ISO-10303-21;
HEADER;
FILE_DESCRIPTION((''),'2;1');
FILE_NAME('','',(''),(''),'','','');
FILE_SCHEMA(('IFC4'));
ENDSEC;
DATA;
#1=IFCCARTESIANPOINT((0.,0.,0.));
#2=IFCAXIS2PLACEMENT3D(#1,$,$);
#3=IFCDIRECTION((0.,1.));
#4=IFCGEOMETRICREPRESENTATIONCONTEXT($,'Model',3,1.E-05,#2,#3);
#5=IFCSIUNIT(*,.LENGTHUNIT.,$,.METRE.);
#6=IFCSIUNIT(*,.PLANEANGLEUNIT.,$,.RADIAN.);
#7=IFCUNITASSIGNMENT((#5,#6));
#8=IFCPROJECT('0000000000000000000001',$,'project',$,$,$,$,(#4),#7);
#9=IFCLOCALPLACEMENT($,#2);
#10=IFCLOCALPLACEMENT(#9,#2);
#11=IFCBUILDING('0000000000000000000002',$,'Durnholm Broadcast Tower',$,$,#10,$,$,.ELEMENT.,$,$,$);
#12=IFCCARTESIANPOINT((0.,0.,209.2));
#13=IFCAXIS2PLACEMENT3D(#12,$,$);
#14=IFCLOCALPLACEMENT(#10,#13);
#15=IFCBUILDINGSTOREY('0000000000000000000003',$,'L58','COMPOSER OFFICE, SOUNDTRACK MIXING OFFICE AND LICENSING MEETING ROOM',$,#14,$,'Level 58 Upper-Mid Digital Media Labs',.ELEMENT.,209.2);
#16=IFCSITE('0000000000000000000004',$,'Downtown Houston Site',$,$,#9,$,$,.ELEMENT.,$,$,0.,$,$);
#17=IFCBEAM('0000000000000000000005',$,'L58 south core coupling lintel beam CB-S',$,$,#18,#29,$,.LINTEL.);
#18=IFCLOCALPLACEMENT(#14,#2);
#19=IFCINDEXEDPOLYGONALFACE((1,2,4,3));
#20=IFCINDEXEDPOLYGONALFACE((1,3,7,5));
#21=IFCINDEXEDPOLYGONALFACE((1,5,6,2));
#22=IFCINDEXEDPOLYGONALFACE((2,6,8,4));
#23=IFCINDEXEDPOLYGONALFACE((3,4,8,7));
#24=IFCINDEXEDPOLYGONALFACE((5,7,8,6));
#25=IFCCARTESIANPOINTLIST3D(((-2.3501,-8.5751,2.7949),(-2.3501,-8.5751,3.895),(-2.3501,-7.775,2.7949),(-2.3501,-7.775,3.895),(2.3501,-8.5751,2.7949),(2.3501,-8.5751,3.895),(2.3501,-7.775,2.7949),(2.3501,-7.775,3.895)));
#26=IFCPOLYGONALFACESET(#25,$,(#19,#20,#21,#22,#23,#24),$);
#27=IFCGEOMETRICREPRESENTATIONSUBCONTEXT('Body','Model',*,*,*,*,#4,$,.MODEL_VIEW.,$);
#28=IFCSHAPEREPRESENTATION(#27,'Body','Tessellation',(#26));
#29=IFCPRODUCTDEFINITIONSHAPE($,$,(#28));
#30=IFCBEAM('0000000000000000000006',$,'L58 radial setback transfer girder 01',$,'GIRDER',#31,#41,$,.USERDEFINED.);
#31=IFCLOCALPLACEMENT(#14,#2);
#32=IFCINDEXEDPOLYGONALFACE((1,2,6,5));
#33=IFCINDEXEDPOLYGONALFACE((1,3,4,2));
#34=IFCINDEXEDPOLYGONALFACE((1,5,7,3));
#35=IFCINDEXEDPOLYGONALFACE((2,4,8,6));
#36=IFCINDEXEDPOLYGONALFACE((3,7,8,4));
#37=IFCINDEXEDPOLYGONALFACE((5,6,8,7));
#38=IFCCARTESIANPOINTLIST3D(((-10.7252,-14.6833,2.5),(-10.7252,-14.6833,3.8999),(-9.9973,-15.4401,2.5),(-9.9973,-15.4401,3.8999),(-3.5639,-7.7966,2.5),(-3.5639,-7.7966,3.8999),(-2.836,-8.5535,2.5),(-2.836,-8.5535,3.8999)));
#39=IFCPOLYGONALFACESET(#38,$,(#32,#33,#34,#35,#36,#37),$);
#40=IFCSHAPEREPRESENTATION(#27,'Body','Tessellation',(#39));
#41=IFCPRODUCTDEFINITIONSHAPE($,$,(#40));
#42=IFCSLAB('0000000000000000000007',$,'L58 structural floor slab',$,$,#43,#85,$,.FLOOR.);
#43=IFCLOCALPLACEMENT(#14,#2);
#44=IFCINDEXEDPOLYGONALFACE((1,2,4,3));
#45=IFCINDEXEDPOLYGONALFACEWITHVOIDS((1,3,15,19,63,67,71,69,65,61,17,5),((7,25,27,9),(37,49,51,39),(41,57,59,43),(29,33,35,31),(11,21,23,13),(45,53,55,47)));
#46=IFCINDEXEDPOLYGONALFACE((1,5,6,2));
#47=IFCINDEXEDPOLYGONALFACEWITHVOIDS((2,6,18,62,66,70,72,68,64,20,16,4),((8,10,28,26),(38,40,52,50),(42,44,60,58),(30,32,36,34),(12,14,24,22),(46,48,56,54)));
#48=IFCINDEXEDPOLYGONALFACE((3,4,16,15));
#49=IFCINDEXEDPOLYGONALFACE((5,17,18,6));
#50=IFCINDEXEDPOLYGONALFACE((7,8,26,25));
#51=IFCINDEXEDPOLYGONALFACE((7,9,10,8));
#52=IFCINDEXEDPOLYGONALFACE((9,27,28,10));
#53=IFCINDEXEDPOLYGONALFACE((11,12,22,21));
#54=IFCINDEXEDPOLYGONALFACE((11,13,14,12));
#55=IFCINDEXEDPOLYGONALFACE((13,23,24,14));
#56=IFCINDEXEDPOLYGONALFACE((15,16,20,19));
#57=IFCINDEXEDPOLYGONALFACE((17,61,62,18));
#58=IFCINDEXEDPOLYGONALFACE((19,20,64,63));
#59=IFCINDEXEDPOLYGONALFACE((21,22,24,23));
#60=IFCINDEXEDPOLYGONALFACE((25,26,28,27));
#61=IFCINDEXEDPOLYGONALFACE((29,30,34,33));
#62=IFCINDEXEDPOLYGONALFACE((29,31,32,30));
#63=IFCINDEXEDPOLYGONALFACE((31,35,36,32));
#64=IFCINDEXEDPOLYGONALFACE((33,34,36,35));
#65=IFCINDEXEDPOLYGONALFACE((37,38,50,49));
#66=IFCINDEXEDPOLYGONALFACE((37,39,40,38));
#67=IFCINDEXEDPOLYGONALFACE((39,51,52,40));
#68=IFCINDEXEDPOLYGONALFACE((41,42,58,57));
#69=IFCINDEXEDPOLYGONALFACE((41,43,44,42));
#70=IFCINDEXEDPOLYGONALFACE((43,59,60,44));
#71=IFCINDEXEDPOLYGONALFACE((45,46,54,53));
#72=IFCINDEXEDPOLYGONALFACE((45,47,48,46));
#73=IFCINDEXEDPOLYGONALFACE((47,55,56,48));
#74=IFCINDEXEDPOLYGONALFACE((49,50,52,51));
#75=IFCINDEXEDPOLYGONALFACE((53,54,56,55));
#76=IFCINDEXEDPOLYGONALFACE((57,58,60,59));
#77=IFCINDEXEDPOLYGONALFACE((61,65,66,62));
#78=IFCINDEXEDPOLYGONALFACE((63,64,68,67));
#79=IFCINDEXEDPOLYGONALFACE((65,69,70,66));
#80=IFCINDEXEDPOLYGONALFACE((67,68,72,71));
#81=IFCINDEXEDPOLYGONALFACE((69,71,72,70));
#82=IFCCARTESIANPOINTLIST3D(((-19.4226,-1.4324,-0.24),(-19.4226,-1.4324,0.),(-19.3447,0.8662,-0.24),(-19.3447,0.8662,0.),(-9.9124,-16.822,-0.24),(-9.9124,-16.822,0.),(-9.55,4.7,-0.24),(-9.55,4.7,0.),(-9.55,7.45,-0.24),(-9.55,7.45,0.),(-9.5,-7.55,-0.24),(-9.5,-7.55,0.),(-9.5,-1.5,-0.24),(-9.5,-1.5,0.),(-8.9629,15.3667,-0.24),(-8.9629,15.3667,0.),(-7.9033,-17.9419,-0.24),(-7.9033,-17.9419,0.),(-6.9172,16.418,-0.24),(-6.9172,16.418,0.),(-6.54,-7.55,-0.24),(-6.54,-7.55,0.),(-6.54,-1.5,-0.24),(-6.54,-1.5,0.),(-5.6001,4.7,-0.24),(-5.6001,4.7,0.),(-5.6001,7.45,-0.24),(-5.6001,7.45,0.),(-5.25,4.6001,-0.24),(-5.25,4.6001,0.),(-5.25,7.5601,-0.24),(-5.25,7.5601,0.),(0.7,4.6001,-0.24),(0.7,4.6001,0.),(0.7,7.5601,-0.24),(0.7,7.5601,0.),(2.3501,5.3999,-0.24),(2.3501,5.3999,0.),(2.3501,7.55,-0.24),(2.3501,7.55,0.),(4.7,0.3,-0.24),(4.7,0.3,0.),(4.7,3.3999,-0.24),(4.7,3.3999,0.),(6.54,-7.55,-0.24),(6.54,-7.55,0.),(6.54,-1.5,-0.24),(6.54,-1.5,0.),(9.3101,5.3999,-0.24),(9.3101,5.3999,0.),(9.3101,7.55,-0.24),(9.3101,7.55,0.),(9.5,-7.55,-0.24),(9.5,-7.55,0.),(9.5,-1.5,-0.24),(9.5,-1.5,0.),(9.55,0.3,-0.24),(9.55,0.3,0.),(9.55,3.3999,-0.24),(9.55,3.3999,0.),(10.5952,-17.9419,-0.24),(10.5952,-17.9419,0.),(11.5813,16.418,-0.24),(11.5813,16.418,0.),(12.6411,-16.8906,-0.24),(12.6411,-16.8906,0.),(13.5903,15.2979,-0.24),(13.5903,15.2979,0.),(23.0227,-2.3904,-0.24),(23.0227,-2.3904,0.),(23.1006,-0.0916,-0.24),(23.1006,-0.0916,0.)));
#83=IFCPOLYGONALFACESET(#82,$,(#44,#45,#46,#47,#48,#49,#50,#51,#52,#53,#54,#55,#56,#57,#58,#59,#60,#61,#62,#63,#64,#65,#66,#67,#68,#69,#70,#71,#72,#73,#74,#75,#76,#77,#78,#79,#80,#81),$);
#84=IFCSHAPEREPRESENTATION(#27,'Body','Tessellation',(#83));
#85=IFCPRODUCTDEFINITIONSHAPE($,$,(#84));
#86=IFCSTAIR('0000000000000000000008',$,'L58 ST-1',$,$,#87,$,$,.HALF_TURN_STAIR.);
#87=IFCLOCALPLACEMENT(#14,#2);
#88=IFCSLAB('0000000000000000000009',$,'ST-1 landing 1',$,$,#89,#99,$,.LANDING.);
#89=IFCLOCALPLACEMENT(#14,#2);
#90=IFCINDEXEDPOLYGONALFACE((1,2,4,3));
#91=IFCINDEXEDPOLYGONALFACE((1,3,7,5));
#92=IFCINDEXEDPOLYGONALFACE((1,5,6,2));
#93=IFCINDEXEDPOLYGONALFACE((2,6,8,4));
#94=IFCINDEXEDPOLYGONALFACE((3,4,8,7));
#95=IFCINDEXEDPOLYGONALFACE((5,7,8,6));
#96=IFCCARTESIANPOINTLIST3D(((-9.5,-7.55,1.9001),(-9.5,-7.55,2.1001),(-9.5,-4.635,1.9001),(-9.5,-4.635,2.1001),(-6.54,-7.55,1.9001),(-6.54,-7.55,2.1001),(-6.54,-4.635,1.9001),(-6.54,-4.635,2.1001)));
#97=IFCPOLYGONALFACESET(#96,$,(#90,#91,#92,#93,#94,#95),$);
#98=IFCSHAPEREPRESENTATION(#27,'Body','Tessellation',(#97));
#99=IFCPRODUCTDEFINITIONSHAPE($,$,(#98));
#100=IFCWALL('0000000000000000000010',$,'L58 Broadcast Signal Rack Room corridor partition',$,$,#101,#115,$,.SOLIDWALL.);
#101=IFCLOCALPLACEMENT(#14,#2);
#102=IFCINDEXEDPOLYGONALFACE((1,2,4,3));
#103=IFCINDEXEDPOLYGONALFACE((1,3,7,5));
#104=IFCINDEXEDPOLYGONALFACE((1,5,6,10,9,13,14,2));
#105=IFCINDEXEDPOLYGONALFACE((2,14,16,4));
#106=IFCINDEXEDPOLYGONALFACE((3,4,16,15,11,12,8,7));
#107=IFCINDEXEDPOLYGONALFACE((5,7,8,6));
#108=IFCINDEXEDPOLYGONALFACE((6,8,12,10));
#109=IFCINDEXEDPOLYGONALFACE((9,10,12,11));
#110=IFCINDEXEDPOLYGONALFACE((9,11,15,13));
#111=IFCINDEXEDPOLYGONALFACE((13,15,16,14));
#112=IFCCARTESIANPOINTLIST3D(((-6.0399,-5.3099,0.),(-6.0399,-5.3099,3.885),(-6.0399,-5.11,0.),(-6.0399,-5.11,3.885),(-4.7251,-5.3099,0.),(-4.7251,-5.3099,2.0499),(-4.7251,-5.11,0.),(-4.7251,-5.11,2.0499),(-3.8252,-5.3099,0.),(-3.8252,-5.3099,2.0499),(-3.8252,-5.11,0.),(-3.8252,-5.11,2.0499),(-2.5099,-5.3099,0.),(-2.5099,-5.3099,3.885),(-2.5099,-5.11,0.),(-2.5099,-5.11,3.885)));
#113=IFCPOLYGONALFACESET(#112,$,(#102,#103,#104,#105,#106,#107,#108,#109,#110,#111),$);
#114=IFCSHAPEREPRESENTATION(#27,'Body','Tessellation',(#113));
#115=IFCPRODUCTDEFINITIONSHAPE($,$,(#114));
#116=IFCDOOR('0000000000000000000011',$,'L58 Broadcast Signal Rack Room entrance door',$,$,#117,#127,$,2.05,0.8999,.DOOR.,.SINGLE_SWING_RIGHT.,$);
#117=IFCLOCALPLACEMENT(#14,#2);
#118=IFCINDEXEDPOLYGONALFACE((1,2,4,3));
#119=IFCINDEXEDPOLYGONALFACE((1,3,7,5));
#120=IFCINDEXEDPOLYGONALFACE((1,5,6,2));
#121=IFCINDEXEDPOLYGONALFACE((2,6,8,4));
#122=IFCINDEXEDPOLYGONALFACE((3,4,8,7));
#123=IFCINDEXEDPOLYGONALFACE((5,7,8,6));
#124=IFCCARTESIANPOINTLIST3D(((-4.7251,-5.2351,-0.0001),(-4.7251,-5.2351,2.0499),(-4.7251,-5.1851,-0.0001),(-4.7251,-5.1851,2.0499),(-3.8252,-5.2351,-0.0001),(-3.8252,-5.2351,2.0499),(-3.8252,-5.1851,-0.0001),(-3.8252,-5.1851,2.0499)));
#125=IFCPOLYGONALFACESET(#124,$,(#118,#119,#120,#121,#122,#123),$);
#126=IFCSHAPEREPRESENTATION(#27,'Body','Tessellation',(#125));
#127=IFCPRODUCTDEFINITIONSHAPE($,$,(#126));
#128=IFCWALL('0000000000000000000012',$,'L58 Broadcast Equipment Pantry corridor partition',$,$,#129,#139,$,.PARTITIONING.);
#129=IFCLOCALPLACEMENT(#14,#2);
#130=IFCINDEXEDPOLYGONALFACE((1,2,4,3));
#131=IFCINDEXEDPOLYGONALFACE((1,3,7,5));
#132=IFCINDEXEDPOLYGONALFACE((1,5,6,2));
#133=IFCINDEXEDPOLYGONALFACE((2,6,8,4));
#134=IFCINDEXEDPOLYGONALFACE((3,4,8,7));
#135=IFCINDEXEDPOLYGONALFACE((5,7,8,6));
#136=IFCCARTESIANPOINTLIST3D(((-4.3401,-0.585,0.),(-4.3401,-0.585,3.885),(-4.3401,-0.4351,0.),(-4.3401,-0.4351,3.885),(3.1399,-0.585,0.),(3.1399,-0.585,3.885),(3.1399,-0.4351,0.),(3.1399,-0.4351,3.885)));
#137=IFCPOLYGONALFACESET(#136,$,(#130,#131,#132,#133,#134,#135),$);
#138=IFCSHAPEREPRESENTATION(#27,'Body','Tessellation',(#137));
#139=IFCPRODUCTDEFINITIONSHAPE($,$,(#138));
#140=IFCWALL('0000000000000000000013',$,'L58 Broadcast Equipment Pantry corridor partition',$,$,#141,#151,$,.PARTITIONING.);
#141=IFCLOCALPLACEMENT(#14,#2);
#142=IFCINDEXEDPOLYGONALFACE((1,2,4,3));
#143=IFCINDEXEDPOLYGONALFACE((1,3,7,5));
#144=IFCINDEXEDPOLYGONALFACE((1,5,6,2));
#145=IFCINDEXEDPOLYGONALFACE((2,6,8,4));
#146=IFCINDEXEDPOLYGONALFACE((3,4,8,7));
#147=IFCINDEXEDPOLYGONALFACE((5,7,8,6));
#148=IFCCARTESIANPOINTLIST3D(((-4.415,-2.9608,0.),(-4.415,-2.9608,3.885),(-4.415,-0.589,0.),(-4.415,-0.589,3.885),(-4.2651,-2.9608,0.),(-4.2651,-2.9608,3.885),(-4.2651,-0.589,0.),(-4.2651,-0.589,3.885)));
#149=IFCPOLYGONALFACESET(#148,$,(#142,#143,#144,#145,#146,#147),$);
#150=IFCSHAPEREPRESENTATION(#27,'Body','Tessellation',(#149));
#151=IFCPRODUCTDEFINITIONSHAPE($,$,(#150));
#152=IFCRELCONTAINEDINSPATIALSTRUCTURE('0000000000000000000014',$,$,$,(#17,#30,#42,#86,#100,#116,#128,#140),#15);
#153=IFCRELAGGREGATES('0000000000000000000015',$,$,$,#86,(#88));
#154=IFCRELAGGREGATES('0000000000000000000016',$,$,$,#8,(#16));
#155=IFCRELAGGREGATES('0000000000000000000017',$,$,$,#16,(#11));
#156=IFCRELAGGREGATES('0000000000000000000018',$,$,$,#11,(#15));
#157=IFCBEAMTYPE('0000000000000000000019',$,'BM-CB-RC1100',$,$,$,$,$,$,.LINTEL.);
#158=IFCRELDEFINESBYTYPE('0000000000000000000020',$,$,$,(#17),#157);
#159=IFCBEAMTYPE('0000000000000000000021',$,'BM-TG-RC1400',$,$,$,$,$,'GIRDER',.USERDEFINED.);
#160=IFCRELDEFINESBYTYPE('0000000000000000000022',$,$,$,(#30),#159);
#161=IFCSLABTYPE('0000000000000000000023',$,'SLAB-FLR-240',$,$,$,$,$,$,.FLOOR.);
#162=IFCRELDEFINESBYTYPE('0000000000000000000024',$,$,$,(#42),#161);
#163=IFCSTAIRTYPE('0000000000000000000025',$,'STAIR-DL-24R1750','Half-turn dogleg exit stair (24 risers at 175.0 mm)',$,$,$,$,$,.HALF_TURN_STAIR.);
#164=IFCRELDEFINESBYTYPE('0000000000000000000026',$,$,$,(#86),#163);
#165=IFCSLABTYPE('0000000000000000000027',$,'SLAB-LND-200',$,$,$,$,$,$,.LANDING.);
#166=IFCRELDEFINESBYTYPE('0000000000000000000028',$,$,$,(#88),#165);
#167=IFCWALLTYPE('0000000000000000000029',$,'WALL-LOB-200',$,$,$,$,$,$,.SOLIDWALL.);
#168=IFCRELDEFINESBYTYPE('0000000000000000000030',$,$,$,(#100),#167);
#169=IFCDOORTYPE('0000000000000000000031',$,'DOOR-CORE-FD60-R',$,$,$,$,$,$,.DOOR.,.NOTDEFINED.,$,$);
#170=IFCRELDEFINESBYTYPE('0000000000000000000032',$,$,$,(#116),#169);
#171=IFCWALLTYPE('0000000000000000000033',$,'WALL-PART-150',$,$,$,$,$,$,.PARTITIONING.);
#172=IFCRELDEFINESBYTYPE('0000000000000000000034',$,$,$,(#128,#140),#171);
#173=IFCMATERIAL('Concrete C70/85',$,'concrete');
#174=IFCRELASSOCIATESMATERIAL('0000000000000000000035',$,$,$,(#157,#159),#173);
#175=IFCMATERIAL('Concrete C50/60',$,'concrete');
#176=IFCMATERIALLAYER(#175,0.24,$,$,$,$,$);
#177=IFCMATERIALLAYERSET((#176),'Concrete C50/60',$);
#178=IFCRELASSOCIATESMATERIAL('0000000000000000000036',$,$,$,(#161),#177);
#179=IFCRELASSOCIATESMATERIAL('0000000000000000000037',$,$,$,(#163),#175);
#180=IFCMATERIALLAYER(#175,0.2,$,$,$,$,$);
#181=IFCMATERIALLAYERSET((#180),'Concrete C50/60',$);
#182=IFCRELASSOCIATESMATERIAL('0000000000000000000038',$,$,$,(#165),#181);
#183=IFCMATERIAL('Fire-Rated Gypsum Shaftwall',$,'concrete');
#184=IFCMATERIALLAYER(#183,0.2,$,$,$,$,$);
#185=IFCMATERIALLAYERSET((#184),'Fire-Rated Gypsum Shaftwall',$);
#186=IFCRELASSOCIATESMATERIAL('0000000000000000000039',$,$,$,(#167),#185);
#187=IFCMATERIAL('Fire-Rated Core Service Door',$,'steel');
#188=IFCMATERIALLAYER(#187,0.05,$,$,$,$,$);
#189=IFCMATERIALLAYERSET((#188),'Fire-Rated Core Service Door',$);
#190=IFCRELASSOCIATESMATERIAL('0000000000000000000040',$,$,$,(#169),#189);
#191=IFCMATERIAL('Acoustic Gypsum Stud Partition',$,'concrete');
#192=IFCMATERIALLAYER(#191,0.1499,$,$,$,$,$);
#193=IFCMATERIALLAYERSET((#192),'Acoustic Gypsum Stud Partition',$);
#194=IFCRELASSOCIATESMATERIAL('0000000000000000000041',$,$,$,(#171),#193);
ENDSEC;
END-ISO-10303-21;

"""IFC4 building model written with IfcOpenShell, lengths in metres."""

from ifc_helpers import new_model, si_unit, direction, frame, frame_2d, origin, origin_2d, place, context, subcontext, project, spatial, polyline, rectangle, outline, extrude, source, transform, mapped, material, layer, layer_set, material_profile, profile_set, type_object, type_shapes, element, fill, aggregate, save


model = new_model("IFC4")

# Units and contexts
model_context = context("Model", 3, precision=1e-05, world=origin(), true_north=direction((0.0, 1.0)))
body_context = subcontext(model_context, "Body", "Model", "MODEL_VIEW")
ifc_project = project(units=[si_unit("LENGTHUNIT", "METRE"), si_unit("PLANEANGLEUNIT", "RADIAN")], contexts=[model_context])

# Site, building, storey
site_placement = place(None, origin())
site = spatial("IfcSite", under=ifc_project, at=site_placement, Name="Downtown Houston Site", CompositionType="ELEMENT", RefElevation=0.0)
building_placement = place(site_placement, origin())
building = spatial("IfcBuilding", under=site, at=building_placement, Name="Durnholm Broadcast Tower", CompositionType="ELEMENT")
storey_placement = place(building_placement, frame((0.0, 0.0, 209.2)))
storey = spatial("IfcBuildingStorey", under=building, at=storey_placement, Name="L58", Description="COMPOSER OFFICE, SOUNDTRACK MIXING OFFICE AND LICENSING MEETING ROOM", LongName="Level 58 Upper-Mid Digital Media Labs", CompositionType="ELEMENT", Elevation=209.2)

# Beams
ifc_material_1 = material(Name="Concrete C70/85", Category="concrete")
ifc_material_profile_1 = material_profile(ifc_material_1, rectangle(XDim=0.8, YDim=1.1001, at=origin_2d()), Name="RC800X1100")
ifc_profile_set_1 = profile_set([ifc_material_profile_1], Name="Concrete C70/85")
beam_type_1 = type_object("IfcBeamType", Name="BM-CB-RC1100", PredefinedType="LINTEL", material=ifc_profile_set_1)
shared_shape_1 = source(origin(), body_context, "Body", "SweptSolid", [
    extrude(rectangle(XDim=0.8, YDim=1.1001, at=origin_2d()), origin(), (0.0, 0.0, 1.0), 4.7002),
])
type_shapes(beam_type_1, [shared_shape_1])
beam_1_placement = place(storey_placement, frame((-2.3501, -8.175, 3.345), z_axis=(1.0, 0.0, 0.0), x_axis=(0.0, 1.0, 0.0)))
element("IfcBeam", 1, at=beam_1_placement, inside=storey, type_object=beam_type_1, Name="L58 south core coupling lintel beam CB-S", PredefinedType="LINTEL", context=body_context, shape_type="MappedRepresentation", body=[
    mapped(shared_shape_1, transform((0.0, 0.0, 0.0), x_axis=(1.0, 0.0, 0.0), y_axis=(0.0, 1.0, 0.0), z_axis=(0.0, 0.0, 1.0), scale=1.0)),
])
ifc_material_profile_2 = material_profile(ifc_material_1, rectangle(XDim=1.05, YDim=1.3999, at=origin_2d()), Name="RC1050X1400")
ifc_profile_set_2 = profile_set([ifc_material_profile_2], Name="Concrete C70/85")
beam_type_2 = type_object("IfcBeamType", Name="BM-TG-RC1400", ElementType="GIRDER", PredefinedType="USERDEFINED", material=ifc_profile_set_2)
shared_shape_2 = source(origin(), body_context, "Body", "SweptSolid", [
    extrude(rectangle(XDim=1.05, YDim=1.3999, at=origin_2d()), origin(), (0.0, 0.0, 1.0), 9.9353),
])
type_shapes(beam_type_2, [shared_shape_2])
beam_2_placement = place(storey_placement, frame((-3.2, -8.175, 3.2), z_axis=(-0.720794, -0.693149, 0.0), x_axis=(0.693149, -0.720794, 0.0)))
element("IfcBeam", 2, at=beam_2_placement, inside=storey, type_object=beam_type_2, Name="L58 radial setback transfer girder 01", ObjectType="GIRDER", PredefinedType="USERDEFINED", context=body_context, shape_type="MappedRepresentation", body=[
    mapped(shared_shape_2, transform((0.0, 0.0, 0.0), x_axis=(1.0, 0.0, 0.0), y_axis=(0.0, 1.0, 0.0), z_axis=(0.0, 0.0, 1.0), scale=1.0)),
])

# Slab
ifc_material_2 = material(Name="Concrete C50/60", Category="concrete")
ifc_layer_1 = layer(ifc_material_2, 0.24)
ifc_layer_set_1 = layer_set([ifc_layer_1], Name="Concrete C50/60")
slab_type_1 = type_object("IfcSlabType", Name="SLAB-FLR-240", PredefinedType="FLOOR", material=ifc_layer_set_1)
slab_1_placement = place(storey_placement, frame((0.0, 0.0, -0.24)))
element("IfcSlab", 3, at=slab_1_placement, inside=storey, type_object=slab_type_1, Name="L58 structural floor slab", PredefinedType="FLOOR", context=body_context, shape_type="SweptSolid", body=[
    extrude(outline(polyline([(-9.9124, -16.822), (-7.9033, -17.9419), (10.5952, -17.9419), (12.6411, -16.8906), (23.0227, -2.3904), (23.1006, -0.0916), (13.5903, 15.2979), (11.5813, 16.418), (-6.9172, 16.418), (-8.9629, 15.3667), (-19.3447, 0.8662), (-19.4226, -1.4324), (-9.9124, -16.822)]), holes=[polyline([(-6.54, -1.5), (-9.5, -1.5), (-9.5, -7.55), (-6.54, -7.55), (-6.54, -1.5)]), polyline([(9.5, -7.55), (9.5, -1.5), (6.54, -1.5), (6.54, -7.55), (9.5, -7.55)]), polyline([(9.55, 3.3999), (4.7, 3.3999), (4.7, 0.3), (9.55, 0.3), (9.55, 3.3999)]), polyline([(-9.55, 7.45), (-9.55, 4.7), (-5.6001, 4.7), (-5.6001, 7.45), (-9.55, 7.45)]), polyline([(-5.25, 4.6001), (0.7, 4.6001), (0.7, 7.5601), (-5.25, 7.5601), (-5.25, 4.6001)]), polyline([(9.3101, 7.55), (2.3501, 7.55), (2.3501, 5.3999), (9.3101, 5.3999), (9.3101, 7.55)])]), origin(), (0.0, 0.0, 1.0), 0.24),
])

# Stair, slab
stair_type = type_object("IfcStairType", Name="STAIR-DL-24R1750", Description="Half-turn dogleg exit stair (24 risers at 175.0 mm)", PredefinedType="HALF_TURN_STAIR", material=ifc_material_2)
stair_placement = place(storey_placement, origin())
stair = element("IfcStair", 4, at=stair_placement, inside=storey, type_object=stair_type, Name="L58 ST-1", PredefinedType="HALF_TURN_STAIR")
ifc_layer_2 = layer(ifc_material_2, 0.2)
ifc_layer_set_2 = layer_set([ifc_layer_2], Name="Concrete C50/60")
slab_type_2 = type_object("IfcSlabType", Name="SLAB-LND-200", PredefinedType="LANDING", material=ifc_layer_set_2)
slab_2_placement = place(storey_placement, frame((0.0, 0.0, 1.9001)))
slab_2 = element("IfcSlab", 5, at=slab_2_placement, type_object=slab_type_2, Name="ST-1 landing 1", PredefinedType="LANDING", context=body_context, shape_type="SweptSolid", body=[
    extrude(outline(polyline([(-9.5, -4.635), (-9.5, -7.55), (-6.54, -7.55), (-6.54, -4.635), (-9.5, -4.635)])), origin(), (0.0, 0.0, 1.0), 0.2),
])

# Wall, opening, door
ifc_material_3 = material(Name="Fire-Rated Gypsum Shaftwall", Category="concrete")
ifc_layer_3 = layer(ifc_material_3, 0.2)
ifc_layer_set_3 = layer_set([ifc_layer_3], Name="Fire-Rated Gypsum Shaftwall")
wall_type_1 = type_object("IfcWallType", Name="WALL-LOB-200", PredefinedType="SOLIDWALL", material=ifc_layer_set_3)
wall_1_placement = place(storey_placement, frame((-6.04, -5.21, 0.0), z_axis=(0.0, 0.0, 1.0), x_axis=(1.0, 0.0, 0.0)))
wall_1 = element("IfcWall", 6, at=wall_1_placement, inside=storey, type_object=wall_type_1, Name="L58 Broadcast Signal Rack Room corridor partition", PredefinedType="SOLIDWALL", context=body_context, shape_type="SweptSolid", body=[
    extrude(rectangle(XDim=3.53, YDim=0.2, at=frame_2d((1.7651, 0.0))), origin(), (0.0, 0.0, 1.0), 3.885),
])
opening_1_placement = place(wall_1_placement, frame((1.3149, 0.0, 0.0)))
opening_1 = element("IfcOpeningElement", 7, at=opening_1_placement, cuts=wall_1, PredefinedType="OPENING", context=body_context, shape_type="SweptSolid", body=[
    extrude(rectangle(XDim=0.8999, YDim=2.05, at=frame_2d((0.45, 1.0249))), frame((0.0, 0.1099, 0.0), z_axis=(0.0, -1.0, 0.0), x_axis=(1.0, 0.0, 0.0)), (0.0, 0.0, 1.0), 0.22),
])
ifc_material_4 = material(Name="Fire-Rated Core Service Door", Category="steel")
ifc_layer_4 = layer(ifc_material_4, 0.05)
ifc_layer_set_4 = layer_set([ifc_layer_4], Name="Fire-Rated Core Service Door")
door_type_1 = type_object("IfcDoorType", Name="DOOR-CORE-FD60-R", OperationType="NOTDEFINED", PredefinedType="DOOR", material=ifc_layer_set_4)
shared_shape_3 = source(origin(), body_context, "Body", "SweptSolid", [
    extrude(rectangle(XDim=0.8999, YDim=2.05, at=frame_2d((0.45, 1.0249))), frame((0.0, 0.0249, 0.0), z_axis=(0.0, -1.0, 0.0), x_axis=(1.0, 0.0, 0.0)), (0.0, 0.0, 1.0), 0.05),
])
type_shapes(door_type_1, [shared_shape_3])
door_1_placement = place(opening_1_placement, origin())
door_1 = element("IfcDoor", 8, at=door_1_placement, inside=storey, type_object=door_type_1, Name="L58 Broadcast Signal Rack Room entrance door", OperationType="SINGLE_SWING_RIGHT", OverallHeight=2.05, OverallWidth=0.8999, PredefinedType="DOOR", context=body_context, shape_type="MappedRepresentation", body=[
    mapped(shared_shape_3, transform((0.0, 0.0, 0.0), x_axis=(1.0, 0.0, 0.0), y_axis=(0.0, 1.0, 0.0), z_axis=(0.0, 0.0, 1.0), scale=1.0)),
])
fill(opening_1, door_1)

# Walls
ifc_material_5 = material(Name="Acoustic Gypsum Stud Partition", Category="concrete")
ifc_layer_5 = layer(ifc_material_5, 0.1499)
ifc_layer_set_5 = layer_set([ifc_layer_5], Name="Acoustic Gypsum Stud Partition")
wall_type_2 = type_object("IfcWallType", Name="WALL-PART-150", PredefinedType="PARTITIONING", material=ifc_layer_set_5)
wall_2_placement = place(storey_placement, frame((-4.3401, -0.51, 0.0), z_axis=(0.0, 0.0, 1.0), x_axis=(1.0, 0.0, 0.0)))
element("IfcWall", 9, at=wall_2_placement, inside=storey, type_object=wall_type_2, Name="L58 Broadcast Equipment Pantry corridor partition", PredefinedType="PARTITIONING", context=body_context, shape_type="SweptSolid", body=[
    extrude(rectangle(XDim=7.48, YDim=0.1499, at=frame_2d((3.74, 0.0))), origin(), (0.0, 0.0, 1.0), 3.885),
])
wall_3_placement = place(storey_placement, frame((-4.3401, -2.9609, 0.0), z_axis=(0.0, 0.0, 1.0), x_axis=(0.0, 1.0, 0.0)))
element("IfcWall", 10, at=wall_3_placement, inside=storey, type_object=wall_type_2, Name="L58 Broadcast Equipment Pantry corridor partition", PredefinedType="PARTITIONING", context=body_context, shape_type="SweptSolid", body=[
    extrude(rectangle(XDim=2.3718, YDim=0.1499, at=frame_2d((1.186, 0.0))), origin(), (0.0, 0.0, 1.0), 3.885),
])

aggregate(stair, [slab_2])

save(model, "model.ifc")
